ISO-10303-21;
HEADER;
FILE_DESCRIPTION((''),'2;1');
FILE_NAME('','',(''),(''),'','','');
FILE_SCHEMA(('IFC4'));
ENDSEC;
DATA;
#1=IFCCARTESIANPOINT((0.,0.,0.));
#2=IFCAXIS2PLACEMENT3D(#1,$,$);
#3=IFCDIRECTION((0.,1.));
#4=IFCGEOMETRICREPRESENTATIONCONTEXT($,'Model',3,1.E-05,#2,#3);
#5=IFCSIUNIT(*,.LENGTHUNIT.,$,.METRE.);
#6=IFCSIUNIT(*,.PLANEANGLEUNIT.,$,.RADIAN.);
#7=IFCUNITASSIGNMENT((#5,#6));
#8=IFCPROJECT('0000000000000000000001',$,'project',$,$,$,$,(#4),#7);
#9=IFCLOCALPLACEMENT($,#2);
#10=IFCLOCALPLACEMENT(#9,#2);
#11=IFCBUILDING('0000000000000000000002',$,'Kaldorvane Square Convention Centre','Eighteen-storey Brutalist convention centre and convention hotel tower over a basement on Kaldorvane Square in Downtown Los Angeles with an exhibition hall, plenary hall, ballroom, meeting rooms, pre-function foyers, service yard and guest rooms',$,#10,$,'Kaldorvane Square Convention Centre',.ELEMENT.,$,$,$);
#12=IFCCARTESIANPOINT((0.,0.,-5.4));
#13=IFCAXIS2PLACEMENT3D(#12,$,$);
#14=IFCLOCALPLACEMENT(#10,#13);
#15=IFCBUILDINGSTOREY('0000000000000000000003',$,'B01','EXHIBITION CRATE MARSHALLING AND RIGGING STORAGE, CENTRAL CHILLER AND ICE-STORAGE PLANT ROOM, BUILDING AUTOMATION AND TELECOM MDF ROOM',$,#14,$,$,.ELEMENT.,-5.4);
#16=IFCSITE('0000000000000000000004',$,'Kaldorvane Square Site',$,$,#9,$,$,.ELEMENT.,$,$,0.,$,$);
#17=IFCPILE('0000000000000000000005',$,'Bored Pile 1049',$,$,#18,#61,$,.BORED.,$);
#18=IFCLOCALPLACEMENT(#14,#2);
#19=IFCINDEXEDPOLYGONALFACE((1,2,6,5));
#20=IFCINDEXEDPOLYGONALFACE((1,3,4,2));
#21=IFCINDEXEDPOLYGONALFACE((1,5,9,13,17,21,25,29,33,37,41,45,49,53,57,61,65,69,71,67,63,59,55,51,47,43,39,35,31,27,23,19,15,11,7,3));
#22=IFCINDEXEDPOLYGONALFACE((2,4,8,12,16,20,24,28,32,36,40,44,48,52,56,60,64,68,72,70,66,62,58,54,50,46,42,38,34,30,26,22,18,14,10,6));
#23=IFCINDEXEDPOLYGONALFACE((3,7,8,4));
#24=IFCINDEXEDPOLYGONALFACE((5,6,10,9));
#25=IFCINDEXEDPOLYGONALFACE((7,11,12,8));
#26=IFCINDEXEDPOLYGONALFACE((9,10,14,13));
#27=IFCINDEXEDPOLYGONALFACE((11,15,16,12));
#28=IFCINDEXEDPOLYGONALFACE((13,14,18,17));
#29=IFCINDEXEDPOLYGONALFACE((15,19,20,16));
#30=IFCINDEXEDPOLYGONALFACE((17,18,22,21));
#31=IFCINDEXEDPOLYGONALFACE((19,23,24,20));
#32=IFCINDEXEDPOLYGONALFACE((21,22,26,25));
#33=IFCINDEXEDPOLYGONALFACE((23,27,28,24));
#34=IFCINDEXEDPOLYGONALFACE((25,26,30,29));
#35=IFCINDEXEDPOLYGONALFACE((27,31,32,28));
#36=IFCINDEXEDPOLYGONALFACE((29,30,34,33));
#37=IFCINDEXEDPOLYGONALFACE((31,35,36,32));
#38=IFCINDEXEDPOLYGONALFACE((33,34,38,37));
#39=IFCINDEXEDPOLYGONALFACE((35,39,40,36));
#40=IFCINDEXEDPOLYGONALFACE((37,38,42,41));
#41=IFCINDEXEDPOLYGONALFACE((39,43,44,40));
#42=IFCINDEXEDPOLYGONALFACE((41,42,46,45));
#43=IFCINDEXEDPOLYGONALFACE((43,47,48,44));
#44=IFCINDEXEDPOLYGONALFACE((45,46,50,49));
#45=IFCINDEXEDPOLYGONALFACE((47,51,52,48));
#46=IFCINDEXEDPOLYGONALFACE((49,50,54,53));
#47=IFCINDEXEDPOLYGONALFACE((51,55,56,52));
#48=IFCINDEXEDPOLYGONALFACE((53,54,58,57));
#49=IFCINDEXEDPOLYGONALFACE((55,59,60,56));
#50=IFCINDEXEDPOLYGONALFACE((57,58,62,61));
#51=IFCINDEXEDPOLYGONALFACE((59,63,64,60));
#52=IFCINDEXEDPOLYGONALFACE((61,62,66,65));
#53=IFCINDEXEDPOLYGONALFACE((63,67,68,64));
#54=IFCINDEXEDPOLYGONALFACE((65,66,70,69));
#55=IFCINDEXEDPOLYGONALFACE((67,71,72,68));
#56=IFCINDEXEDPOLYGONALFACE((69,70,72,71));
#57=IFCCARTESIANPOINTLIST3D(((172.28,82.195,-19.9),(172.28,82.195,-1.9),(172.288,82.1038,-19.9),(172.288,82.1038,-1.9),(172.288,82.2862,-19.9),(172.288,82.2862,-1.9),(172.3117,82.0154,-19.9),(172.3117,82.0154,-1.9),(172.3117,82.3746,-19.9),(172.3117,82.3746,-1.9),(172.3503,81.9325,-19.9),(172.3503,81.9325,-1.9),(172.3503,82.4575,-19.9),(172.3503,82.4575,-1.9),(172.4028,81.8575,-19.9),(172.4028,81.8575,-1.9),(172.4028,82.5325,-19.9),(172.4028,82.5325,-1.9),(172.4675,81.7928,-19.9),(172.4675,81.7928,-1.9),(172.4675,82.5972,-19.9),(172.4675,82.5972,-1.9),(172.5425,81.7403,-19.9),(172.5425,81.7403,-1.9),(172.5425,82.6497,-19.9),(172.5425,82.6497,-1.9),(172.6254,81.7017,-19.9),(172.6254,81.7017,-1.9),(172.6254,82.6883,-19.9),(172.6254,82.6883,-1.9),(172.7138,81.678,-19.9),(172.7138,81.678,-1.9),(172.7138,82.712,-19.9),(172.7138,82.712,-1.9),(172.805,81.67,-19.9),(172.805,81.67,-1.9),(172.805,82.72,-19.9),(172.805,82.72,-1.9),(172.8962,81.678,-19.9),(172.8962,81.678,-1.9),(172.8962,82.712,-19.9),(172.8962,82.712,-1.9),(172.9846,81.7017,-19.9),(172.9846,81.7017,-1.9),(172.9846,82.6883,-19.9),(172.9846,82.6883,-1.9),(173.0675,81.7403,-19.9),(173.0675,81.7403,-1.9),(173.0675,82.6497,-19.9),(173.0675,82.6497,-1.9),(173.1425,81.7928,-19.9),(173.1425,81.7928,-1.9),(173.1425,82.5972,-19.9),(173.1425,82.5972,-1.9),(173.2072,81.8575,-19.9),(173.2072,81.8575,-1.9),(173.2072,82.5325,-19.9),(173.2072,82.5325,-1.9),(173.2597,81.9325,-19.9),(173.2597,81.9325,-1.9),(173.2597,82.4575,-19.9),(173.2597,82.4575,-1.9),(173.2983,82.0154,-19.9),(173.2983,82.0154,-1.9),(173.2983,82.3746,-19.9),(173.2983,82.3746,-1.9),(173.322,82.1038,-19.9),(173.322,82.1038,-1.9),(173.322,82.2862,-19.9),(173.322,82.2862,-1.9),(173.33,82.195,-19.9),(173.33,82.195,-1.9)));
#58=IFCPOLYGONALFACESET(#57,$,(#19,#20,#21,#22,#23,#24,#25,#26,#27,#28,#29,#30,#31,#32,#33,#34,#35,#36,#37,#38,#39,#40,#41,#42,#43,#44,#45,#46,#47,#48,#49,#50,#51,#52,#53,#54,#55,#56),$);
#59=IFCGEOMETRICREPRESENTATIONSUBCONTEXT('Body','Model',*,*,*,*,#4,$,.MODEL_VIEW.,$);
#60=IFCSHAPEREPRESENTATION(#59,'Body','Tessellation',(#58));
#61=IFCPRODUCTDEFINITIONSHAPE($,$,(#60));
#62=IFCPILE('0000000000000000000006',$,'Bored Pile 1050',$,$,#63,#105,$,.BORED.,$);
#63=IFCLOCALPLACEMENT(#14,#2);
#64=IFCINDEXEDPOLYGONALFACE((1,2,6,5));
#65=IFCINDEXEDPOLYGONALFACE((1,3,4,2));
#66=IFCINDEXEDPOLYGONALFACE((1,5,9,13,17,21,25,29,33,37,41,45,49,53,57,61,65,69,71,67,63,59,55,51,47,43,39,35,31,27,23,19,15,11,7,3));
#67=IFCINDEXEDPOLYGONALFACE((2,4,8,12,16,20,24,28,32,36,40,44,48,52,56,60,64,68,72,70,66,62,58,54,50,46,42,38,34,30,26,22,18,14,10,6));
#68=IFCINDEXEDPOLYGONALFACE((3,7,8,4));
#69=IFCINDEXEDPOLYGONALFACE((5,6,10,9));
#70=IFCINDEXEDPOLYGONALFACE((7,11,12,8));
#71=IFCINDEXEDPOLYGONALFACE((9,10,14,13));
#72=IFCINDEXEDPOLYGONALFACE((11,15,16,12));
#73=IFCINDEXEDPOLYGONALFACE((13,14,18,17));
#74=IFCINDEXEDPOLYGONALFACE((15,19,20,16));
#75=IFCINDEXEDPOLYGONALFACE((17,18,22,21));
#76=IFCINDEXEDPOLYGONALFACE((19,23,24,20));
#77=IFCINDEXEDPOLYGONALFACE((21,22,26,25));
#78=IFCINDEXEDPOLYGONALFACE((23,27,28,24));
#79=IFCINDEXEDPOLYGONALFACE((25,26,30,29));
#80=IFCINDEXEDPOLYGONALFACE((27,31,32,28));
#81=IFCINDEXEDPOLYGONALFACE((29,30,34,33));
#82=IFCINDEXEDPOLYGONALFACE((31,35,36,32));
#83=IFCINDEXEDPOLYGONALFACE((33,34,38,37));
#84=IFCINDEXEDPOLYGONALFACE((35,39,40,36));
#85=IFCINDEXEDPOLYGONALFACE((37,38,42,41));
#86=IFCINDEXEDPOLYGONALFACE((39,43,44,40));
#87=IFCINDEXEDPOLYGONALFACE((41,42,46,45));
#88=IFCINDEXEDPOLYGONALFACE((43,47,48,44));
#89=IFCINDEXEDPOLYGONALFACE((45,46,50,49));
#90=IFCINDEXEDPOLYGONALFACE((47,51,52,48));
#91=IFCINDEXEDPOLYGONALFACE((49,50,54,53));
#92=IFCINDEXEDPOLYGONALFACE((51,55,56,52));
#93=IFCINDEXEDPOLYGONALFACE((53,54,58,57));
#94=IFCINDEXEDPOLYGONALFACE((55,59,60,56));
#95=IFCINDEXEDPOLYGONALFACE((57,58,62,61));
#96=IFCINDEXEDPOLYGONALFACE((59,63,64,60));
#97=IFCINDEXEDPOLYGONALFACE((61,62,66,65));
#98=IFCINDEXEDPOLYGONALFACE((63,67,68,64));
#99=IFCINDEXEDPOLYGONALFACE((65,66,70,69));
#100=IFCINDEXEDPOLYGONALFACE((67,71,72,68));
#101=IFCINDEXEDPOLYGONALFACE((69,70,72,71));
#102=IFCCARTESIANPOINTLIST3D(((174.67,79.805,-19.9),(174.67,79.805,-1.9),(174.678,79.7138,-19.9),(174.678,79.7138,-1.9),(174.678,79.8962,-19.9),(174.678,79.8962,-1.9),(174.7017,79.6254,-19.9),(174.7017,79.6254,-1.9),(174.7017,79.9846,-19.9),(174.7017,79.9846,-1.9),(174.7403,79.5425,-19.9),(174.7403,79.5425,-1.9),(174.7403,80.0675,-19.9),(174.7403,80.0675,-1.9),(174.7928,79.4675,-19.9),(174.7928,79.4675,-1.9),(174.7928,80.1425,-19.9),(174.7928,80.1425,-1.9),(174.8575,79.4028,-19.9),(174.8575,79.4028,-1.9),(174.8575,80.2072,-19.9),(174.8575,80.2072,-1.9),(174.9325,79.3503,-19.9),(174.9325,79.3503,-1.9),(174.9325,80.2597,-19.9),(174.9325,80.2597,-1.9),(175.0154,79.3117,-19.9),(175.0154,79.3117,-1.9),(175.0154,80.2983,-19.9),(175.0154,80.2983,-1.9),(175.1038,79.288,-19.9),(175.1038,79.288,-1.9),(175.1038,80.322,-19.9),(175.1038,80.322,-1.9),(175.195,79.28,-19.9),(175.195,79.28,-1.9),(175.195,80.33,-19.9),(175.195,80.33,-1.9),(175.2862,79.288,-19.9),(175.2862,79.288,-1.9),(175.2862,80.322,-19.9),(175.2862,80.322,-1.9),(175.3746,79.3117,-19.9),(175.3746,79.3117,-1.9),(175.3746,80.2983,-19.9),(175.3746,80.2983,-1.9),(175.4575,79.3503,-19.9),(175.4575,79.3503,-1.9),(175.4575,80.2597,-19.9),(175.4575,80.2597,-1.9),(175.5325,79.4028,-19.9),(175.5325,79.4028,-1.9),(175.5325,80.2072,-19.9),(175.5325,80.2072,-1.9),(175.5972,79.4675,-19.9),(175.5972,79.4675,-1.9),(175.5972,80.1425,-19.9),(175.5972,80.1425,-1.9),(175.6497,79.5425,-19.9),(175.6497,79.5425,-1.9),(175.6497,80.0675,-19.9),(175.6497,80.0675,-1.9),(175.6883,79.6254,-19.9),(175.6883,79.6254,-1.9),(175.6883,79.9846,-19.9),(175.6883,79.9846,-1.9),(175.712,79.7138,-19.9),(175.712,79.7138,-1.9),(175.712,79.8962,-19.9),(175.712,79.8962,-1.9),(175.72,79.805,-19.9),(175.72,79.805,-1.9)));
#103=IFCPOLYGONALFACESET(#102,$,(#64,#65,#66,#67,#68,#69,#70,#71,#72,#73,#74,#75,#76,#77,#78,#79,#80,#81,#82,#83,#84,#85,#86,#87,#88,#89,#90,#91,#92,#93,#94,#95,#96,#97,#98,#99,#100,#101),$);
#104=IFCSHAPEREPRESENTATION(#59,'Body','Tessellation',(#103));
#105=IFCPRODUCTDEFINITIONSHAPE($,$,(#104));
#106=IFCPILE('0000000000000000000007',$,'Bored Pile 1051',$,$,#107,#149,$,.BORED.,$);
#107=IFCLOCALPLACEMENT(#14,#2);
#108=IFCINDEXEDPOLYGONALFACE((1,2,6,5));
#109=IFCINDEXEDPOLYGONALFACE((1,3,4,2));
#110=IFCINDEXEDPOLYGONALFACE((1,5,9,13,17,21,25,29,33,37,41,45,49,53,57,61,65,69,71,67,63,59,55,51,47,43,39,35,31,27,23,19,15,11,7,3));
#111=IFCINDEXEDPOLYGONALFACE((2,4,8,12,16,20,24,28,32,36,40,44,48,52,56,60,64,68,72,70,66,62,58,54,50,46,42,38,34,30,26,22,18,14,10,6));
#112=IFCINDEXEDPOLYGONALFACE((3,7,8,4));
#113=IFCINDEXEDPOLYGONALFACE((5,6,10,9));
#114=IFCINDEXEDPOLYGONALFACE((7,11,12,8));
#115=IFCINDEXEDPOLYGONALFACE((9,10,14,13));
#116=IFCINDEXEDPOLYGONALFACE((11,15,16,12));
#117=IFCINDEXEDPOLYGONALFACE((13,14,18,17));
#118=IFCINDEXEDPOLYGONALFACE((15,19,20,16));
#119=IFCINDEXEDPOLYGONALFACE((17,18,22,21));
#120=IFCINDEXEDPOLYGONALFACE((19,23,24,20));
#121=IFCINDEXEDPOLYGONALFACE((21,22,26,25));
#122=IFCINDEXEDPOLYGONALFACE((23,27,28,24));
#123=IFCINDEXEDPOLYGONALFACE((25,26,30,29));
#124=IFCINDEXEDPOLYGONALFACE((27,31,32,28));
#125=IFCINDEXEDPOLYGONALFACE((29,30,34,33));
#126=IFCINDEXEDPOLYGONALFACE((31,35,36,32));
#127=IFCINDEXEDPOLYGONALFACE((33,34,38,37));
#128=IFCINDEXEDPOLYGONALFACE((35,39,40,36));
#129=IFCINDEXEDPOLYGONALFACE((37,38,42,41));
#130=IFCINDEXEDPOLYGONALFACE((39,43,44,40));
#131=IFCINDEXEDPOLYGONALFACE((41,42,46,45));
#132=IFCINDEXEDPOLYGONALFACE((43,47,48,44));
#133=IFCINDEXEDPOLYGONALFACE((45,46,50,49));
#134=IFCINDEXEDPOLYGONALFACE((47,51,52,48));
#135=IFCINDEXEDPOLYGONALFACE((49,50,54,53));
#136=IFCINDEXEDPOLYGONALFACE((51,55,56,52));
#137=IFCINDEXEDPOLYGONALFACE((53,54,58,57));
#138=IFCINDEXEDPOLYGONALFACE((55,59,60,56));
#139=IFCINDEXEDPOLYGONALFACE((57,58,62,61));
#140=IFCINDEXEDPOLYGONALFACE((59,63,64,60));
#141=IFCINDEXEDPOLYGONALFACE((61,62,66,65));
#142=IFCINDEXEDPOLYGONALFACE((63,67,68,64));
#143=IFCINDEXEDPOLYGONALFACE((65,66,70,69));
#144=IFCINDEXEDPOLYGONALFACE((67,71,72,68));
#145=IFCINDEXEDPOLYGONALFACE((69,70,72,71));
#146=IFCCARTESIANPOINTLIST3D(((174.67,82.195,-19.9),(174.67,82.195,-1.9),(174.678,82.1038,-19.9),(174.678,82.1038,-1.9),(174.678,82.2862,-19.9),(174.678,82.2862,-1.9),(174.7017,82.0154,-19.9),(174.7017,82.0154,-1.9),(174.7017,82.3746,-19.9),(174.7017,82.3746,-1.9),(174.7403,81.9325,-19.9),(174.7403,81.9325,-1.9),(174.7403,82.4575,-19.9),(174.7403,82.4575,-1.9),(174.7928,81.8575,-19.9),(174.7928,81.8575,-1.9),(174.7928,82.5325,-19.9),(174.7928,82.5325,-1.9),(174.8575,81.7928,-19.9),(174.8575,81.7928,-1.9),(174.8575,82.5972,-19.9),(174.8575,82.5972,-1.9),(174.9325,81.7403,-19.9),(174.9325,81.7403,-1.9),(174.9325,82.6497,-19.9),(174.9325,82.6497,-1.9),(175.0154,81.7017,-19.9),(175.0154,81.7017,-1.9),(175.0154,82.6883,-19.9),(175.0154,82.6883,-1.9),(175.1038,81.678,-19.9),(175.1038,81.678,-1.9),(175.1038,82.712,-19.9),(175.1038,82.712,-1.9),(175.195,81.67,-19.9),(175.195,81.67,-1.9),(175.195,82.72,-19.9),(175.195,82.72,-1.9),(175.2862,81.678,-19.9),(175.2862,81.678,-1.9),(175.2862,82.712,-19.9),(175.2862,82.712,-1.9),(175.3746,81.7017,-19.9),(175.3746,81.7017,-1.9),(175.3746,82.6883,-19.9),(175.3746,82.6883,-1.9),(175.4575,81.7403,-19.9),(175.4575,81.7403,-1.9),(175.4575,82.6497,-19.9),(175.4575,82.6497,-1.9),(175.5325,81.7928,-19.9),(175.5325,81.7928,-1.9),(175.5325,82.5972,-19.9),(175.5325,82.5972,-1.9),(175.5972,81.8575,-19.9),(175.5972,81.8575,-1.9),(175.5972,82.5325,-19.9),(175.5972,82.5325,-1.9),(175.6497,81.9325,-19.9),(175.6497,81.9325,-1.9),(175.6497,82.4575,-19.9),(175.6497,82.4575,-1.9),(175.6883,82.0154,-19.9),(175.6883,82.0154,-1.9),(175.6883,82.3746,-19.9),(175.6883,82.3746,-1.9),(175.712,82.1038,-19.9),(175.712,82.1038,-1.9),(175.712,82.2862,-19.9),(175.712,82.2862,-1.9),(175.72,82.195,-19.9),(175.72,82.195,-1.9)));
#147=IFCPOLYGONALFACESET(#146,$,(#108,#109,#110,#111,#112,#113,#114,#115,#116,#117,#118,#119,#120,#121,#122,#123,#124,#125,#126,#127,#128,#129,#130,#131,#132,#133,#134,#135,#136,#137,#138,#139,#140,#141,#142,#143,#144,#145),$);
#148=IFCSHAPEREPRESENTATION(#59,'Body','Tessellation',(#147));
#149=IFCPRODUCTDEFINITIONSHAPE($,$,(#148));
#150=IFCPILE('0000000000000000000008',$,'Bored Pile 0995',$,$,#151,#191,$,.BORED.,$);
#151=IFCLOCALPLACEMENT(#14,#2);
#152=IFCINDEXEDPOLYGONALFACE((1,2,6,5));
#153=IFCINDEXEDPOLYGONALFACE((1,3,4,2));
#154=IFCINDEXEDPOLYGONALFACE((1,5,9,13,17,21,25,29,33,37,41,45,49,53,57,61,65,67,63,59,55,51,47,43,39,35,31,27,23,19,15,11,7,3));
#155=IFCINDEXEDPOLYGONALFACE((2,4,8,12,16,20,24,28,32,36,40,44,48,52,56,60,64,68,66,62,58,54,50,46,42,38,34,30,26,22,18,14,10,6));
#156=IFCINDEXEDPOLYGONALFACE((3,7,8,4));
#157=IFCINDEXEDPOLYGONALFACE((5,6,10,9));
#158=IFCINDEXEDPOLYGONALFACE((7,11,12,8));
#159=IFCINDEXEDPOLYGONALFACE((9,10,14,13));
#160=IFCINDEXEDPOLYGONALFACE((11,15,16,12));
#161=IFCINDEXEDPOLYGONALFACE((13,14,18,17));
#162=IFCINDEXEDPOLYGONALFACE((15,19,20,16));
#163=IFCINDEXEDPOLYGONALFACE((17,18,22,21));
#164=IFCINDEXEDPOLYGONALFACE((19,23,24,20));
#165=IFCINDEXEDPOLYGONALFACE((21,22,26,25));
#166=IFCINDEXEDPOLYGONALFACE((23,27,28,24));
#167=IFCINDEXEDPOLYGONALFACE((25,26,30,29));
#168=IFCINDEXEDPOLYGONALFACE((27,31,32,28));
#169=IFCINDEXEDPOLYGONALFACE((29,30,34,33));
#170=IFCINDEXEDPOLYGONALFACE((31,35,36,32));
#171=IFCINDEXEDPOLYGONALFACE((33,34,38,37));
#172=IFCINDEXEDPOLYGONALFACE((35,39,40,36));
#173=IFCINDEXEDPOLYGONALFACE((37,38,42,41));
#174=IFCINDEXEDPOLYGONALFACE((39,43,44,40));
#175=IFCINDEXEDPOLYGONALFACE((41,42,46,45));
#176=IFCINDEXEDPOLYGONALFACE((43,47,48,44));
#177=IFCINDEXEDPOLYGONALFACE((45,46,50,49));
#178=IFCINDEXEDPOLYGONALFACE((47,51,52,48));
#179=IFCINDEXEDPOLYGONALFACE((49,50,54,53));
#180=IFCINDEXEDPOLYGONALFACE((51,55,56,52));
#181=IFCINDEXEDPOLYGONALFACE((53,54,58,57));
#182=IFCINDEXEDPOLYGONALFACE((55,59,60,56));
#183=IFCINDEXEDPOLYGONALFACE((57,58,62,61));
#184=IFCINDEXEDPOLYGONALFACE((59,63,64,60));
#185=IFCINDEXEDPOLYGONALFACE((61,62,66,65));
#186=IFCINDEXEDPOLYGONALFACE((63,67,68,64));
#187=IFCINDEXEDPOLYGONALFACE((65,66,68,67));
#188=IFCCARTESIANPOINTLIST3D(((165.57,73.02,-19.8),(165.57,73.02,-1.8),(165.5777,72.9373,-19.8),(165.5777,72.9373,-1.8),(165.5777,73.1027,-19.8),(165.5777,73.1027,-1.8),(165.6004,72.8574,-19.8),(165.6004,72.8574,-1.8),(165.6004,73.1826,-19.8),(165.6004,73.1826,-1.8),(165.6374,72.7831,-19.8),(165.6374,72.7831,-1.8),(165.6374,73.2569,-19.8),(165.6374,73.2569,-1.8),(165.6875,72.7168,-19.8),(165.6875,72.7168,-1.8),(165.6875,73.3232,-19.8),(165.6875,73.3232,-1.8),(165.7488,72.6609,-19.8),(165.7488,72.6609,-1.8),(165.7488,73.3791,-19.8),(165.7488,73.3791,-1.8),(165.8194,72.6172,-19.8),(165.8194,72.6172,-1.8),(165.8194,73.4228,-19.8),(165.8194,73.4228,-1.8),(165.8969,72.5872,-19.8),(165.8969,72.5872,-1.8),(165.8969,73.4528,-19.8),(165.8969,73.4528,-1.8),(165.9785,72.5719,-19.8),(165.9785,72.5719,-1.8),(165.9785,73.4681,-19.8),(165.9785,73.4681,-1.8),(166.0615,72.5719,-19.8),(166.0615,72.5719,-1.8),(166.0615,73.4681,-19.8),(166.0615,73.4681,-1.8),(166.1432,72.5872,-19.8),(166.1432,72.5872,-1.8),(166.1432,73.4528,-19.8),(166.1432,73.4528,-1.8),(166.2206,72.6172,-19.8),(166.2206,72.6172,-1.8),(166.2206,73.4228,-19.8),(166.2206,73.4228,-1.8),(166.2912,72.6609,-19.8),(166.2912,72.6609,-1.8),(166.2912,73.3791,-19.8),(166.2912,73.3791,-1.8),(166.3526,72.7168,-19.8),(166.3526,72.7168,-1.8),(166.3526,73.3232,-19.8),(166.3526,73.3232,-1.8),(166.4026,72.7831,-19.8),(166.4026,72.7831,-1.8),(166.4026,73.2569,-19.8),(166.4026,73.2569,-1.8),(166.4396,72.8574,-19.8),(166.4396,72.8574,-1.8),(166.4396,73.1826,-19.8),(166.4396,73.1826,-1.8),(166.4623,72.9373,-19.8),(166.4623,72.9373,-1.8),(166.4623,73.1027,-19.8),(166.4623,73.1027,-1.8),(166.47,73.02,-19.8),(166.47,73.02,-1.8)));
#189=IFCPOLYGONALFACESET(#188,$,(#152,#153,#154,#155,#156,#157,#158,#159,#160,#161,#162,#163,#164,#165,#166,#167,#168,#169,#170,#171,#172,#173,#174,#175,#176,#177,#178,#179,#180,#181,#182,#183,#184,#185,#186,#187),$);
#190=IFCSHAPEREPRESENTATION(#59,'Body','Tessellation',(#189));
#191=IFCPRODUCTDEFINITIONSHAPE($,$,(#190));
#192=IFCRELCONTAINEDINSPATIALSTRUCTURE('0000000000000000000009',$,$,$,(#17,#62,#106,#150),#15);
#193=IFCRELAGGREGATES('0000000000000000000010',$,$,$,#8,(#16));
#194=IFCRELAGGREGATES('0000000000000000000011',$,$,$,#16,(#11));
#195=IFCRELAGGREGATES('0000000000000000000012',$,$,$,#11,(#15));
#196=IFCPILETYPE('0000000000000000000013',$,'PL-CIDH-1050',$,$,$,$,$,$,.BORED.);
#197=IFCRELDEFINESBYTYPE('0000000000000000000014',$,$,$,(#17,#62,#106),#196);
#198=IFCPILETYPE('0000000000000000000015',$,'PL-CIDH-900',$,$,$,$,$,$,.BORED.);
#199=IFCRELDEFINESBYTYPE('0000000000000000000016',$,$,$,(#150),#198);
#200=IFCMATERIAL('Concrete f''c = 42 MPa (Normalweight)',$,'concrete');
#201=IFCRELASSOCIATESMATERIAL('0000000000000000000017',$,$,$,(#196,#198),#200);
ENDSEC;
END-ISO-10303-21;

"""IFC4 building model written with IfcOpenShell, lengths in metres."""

from ifc_helpers import new_model, si_unit, direction, frame, origin, origin_2d, place, context, subcontext, project, spatial, circle, extrude, material, material_profile, profile_set, type_object, element, save


model = new_model("IFC4")

# Units and contexts
model_context = context("Model", 3, precision=1e-05, world=origin(), true_north=direction((0.0, 1.0)))
body_context = subcontext(model_context, "Body", "Model", "MODEL_VIEW")
ifc_project = project(units=[si_unit("LENGTHUNIT", "METRE"), si_unit("PLANEANGLEUNIT", "RADIAN")], contexts=[model_context])

# Site, building, storey
site_placement = place(None, origin())
site = spatial("IfcSite", under=ifc_project, at=site_placement, Name="Kaldorvane Square Site", CompositionType="ELEMENT", RefElevation=0.0)
building_placement = place(site_placement, origin())
building = spatial("IfcBuilding", under=site, at=building_placement, Name="Kaldorvane Square Convention Centre", Description="Eighteen-storey Brutalist convention centre and convention hotel tower over a basement on Kaldorvane Square in Downtown Los Angeles with an exhibition hall, plenary hall, ballroom, meeting rooms, pre-function foyers, service yard and guest rooms", LongName="Kaldorvane Square Convention Centre", CompositionType="ELEMENT")
storey_placement = place(building_placement, frame((0.0, 0.0, -5.4)))
storey = spatial("IfcBuildingStorey", under=building, at=storey_placement, Name="B01", Description="EXHIBITION CRATE MARSHALLING AND RIGGING STORAGE, CENTRAL CHILLER AND ICE-STORAGE PLANT ROOM, BUILDING AUTOMATION AND TELECOM MDF ROOM", CompositionType="ELEMENT", Elevation=-5.4)

# Shared definitions
ifc_material_1 = material(Name="Concrete f'c = 42 MPa (Normalweight)", Category="concrete")

# Piles
ifc_material_profile_1 = material_profile(ifc_material_1, circle(Radius=0.525, at=origin_2d()), Name="PILE-D1050")
ifc_profile_set_1 = profile_set([ifc_material_profile_1], Name="Concrete f'c = 42 MPa (Normalweight)")
pile_type_1 = type_object("IfcPileType", Name="PL-CIDH-1050", PredefinedType="BORED", material=ifc_profile_set_1)
for number, where, z_axis, x_axis, name in (
    (1, (172.805, 82.195, -1.9), (0.0, 0.0, -1.0), (1.0, 0.0, 0.0), "Bored Pile 1049"),
    (2, (175.195, 79.805, -1.9), (0.0, 0.0, -1.0), (1.0, 0.0, 0.0), "Bored Pile 1050"),
    (3, (175.195, 82.195, -1.9), (0.0, 0.0, -1.0), (1.0, 0.0, 0.0), "Bored Pile 1051"),
):
    element("IfcPile", number, at=place(storey_placement, frame(where, z_axis=z_axis, x_axis=x_axis)), inside=storey, type_object=pile_type_1, Name=name, PredefinedType="BORED", context=body_context, shape_type="SweptSolid", body=[
        extrude(circle(Radius=0.525, at=origin_2d()), origin(), (0.0, 0.0, 1.0), 18.0),
    ])
ifc_material_profile_2 = material_profile(ifc_material_1, circle(Radius=0.45, at=origin_2d()), Name="PILE-D900")
ifc_profile_set_2 = profile_set([ifc_material_profile_2], Name="Concrete f'c = 42 MPa (Normalweight)")
pile_type_2 = type_object("IfcPileType", Name="PL-CIDH-900", PredefinedType="BORED", material=ifc_profile_set_2)
for number, where, z_axis, x_axis, name in (
    (4, (166.02, 73.02, -1.8), (0.0, 0.0, -1.0), (1.0, 0.0, 0.0), "Bored Pile 0995"),
):
    element("IfcPile", number, at=place(storey_placement, frame(where, z_axis=z_axis, x_axis=x_axis)), inside=storey, type_object=pile_type_2, Name=name, PredefinedType="BORED", context=body_context, shape_type="SweptSolid", body=[
        extrude(circle(Radius=0.45, at=origin_2d()), origin(), (0.0, 0.0, 1.0), 18.0),
    ])

save(model, "model.ifc")
